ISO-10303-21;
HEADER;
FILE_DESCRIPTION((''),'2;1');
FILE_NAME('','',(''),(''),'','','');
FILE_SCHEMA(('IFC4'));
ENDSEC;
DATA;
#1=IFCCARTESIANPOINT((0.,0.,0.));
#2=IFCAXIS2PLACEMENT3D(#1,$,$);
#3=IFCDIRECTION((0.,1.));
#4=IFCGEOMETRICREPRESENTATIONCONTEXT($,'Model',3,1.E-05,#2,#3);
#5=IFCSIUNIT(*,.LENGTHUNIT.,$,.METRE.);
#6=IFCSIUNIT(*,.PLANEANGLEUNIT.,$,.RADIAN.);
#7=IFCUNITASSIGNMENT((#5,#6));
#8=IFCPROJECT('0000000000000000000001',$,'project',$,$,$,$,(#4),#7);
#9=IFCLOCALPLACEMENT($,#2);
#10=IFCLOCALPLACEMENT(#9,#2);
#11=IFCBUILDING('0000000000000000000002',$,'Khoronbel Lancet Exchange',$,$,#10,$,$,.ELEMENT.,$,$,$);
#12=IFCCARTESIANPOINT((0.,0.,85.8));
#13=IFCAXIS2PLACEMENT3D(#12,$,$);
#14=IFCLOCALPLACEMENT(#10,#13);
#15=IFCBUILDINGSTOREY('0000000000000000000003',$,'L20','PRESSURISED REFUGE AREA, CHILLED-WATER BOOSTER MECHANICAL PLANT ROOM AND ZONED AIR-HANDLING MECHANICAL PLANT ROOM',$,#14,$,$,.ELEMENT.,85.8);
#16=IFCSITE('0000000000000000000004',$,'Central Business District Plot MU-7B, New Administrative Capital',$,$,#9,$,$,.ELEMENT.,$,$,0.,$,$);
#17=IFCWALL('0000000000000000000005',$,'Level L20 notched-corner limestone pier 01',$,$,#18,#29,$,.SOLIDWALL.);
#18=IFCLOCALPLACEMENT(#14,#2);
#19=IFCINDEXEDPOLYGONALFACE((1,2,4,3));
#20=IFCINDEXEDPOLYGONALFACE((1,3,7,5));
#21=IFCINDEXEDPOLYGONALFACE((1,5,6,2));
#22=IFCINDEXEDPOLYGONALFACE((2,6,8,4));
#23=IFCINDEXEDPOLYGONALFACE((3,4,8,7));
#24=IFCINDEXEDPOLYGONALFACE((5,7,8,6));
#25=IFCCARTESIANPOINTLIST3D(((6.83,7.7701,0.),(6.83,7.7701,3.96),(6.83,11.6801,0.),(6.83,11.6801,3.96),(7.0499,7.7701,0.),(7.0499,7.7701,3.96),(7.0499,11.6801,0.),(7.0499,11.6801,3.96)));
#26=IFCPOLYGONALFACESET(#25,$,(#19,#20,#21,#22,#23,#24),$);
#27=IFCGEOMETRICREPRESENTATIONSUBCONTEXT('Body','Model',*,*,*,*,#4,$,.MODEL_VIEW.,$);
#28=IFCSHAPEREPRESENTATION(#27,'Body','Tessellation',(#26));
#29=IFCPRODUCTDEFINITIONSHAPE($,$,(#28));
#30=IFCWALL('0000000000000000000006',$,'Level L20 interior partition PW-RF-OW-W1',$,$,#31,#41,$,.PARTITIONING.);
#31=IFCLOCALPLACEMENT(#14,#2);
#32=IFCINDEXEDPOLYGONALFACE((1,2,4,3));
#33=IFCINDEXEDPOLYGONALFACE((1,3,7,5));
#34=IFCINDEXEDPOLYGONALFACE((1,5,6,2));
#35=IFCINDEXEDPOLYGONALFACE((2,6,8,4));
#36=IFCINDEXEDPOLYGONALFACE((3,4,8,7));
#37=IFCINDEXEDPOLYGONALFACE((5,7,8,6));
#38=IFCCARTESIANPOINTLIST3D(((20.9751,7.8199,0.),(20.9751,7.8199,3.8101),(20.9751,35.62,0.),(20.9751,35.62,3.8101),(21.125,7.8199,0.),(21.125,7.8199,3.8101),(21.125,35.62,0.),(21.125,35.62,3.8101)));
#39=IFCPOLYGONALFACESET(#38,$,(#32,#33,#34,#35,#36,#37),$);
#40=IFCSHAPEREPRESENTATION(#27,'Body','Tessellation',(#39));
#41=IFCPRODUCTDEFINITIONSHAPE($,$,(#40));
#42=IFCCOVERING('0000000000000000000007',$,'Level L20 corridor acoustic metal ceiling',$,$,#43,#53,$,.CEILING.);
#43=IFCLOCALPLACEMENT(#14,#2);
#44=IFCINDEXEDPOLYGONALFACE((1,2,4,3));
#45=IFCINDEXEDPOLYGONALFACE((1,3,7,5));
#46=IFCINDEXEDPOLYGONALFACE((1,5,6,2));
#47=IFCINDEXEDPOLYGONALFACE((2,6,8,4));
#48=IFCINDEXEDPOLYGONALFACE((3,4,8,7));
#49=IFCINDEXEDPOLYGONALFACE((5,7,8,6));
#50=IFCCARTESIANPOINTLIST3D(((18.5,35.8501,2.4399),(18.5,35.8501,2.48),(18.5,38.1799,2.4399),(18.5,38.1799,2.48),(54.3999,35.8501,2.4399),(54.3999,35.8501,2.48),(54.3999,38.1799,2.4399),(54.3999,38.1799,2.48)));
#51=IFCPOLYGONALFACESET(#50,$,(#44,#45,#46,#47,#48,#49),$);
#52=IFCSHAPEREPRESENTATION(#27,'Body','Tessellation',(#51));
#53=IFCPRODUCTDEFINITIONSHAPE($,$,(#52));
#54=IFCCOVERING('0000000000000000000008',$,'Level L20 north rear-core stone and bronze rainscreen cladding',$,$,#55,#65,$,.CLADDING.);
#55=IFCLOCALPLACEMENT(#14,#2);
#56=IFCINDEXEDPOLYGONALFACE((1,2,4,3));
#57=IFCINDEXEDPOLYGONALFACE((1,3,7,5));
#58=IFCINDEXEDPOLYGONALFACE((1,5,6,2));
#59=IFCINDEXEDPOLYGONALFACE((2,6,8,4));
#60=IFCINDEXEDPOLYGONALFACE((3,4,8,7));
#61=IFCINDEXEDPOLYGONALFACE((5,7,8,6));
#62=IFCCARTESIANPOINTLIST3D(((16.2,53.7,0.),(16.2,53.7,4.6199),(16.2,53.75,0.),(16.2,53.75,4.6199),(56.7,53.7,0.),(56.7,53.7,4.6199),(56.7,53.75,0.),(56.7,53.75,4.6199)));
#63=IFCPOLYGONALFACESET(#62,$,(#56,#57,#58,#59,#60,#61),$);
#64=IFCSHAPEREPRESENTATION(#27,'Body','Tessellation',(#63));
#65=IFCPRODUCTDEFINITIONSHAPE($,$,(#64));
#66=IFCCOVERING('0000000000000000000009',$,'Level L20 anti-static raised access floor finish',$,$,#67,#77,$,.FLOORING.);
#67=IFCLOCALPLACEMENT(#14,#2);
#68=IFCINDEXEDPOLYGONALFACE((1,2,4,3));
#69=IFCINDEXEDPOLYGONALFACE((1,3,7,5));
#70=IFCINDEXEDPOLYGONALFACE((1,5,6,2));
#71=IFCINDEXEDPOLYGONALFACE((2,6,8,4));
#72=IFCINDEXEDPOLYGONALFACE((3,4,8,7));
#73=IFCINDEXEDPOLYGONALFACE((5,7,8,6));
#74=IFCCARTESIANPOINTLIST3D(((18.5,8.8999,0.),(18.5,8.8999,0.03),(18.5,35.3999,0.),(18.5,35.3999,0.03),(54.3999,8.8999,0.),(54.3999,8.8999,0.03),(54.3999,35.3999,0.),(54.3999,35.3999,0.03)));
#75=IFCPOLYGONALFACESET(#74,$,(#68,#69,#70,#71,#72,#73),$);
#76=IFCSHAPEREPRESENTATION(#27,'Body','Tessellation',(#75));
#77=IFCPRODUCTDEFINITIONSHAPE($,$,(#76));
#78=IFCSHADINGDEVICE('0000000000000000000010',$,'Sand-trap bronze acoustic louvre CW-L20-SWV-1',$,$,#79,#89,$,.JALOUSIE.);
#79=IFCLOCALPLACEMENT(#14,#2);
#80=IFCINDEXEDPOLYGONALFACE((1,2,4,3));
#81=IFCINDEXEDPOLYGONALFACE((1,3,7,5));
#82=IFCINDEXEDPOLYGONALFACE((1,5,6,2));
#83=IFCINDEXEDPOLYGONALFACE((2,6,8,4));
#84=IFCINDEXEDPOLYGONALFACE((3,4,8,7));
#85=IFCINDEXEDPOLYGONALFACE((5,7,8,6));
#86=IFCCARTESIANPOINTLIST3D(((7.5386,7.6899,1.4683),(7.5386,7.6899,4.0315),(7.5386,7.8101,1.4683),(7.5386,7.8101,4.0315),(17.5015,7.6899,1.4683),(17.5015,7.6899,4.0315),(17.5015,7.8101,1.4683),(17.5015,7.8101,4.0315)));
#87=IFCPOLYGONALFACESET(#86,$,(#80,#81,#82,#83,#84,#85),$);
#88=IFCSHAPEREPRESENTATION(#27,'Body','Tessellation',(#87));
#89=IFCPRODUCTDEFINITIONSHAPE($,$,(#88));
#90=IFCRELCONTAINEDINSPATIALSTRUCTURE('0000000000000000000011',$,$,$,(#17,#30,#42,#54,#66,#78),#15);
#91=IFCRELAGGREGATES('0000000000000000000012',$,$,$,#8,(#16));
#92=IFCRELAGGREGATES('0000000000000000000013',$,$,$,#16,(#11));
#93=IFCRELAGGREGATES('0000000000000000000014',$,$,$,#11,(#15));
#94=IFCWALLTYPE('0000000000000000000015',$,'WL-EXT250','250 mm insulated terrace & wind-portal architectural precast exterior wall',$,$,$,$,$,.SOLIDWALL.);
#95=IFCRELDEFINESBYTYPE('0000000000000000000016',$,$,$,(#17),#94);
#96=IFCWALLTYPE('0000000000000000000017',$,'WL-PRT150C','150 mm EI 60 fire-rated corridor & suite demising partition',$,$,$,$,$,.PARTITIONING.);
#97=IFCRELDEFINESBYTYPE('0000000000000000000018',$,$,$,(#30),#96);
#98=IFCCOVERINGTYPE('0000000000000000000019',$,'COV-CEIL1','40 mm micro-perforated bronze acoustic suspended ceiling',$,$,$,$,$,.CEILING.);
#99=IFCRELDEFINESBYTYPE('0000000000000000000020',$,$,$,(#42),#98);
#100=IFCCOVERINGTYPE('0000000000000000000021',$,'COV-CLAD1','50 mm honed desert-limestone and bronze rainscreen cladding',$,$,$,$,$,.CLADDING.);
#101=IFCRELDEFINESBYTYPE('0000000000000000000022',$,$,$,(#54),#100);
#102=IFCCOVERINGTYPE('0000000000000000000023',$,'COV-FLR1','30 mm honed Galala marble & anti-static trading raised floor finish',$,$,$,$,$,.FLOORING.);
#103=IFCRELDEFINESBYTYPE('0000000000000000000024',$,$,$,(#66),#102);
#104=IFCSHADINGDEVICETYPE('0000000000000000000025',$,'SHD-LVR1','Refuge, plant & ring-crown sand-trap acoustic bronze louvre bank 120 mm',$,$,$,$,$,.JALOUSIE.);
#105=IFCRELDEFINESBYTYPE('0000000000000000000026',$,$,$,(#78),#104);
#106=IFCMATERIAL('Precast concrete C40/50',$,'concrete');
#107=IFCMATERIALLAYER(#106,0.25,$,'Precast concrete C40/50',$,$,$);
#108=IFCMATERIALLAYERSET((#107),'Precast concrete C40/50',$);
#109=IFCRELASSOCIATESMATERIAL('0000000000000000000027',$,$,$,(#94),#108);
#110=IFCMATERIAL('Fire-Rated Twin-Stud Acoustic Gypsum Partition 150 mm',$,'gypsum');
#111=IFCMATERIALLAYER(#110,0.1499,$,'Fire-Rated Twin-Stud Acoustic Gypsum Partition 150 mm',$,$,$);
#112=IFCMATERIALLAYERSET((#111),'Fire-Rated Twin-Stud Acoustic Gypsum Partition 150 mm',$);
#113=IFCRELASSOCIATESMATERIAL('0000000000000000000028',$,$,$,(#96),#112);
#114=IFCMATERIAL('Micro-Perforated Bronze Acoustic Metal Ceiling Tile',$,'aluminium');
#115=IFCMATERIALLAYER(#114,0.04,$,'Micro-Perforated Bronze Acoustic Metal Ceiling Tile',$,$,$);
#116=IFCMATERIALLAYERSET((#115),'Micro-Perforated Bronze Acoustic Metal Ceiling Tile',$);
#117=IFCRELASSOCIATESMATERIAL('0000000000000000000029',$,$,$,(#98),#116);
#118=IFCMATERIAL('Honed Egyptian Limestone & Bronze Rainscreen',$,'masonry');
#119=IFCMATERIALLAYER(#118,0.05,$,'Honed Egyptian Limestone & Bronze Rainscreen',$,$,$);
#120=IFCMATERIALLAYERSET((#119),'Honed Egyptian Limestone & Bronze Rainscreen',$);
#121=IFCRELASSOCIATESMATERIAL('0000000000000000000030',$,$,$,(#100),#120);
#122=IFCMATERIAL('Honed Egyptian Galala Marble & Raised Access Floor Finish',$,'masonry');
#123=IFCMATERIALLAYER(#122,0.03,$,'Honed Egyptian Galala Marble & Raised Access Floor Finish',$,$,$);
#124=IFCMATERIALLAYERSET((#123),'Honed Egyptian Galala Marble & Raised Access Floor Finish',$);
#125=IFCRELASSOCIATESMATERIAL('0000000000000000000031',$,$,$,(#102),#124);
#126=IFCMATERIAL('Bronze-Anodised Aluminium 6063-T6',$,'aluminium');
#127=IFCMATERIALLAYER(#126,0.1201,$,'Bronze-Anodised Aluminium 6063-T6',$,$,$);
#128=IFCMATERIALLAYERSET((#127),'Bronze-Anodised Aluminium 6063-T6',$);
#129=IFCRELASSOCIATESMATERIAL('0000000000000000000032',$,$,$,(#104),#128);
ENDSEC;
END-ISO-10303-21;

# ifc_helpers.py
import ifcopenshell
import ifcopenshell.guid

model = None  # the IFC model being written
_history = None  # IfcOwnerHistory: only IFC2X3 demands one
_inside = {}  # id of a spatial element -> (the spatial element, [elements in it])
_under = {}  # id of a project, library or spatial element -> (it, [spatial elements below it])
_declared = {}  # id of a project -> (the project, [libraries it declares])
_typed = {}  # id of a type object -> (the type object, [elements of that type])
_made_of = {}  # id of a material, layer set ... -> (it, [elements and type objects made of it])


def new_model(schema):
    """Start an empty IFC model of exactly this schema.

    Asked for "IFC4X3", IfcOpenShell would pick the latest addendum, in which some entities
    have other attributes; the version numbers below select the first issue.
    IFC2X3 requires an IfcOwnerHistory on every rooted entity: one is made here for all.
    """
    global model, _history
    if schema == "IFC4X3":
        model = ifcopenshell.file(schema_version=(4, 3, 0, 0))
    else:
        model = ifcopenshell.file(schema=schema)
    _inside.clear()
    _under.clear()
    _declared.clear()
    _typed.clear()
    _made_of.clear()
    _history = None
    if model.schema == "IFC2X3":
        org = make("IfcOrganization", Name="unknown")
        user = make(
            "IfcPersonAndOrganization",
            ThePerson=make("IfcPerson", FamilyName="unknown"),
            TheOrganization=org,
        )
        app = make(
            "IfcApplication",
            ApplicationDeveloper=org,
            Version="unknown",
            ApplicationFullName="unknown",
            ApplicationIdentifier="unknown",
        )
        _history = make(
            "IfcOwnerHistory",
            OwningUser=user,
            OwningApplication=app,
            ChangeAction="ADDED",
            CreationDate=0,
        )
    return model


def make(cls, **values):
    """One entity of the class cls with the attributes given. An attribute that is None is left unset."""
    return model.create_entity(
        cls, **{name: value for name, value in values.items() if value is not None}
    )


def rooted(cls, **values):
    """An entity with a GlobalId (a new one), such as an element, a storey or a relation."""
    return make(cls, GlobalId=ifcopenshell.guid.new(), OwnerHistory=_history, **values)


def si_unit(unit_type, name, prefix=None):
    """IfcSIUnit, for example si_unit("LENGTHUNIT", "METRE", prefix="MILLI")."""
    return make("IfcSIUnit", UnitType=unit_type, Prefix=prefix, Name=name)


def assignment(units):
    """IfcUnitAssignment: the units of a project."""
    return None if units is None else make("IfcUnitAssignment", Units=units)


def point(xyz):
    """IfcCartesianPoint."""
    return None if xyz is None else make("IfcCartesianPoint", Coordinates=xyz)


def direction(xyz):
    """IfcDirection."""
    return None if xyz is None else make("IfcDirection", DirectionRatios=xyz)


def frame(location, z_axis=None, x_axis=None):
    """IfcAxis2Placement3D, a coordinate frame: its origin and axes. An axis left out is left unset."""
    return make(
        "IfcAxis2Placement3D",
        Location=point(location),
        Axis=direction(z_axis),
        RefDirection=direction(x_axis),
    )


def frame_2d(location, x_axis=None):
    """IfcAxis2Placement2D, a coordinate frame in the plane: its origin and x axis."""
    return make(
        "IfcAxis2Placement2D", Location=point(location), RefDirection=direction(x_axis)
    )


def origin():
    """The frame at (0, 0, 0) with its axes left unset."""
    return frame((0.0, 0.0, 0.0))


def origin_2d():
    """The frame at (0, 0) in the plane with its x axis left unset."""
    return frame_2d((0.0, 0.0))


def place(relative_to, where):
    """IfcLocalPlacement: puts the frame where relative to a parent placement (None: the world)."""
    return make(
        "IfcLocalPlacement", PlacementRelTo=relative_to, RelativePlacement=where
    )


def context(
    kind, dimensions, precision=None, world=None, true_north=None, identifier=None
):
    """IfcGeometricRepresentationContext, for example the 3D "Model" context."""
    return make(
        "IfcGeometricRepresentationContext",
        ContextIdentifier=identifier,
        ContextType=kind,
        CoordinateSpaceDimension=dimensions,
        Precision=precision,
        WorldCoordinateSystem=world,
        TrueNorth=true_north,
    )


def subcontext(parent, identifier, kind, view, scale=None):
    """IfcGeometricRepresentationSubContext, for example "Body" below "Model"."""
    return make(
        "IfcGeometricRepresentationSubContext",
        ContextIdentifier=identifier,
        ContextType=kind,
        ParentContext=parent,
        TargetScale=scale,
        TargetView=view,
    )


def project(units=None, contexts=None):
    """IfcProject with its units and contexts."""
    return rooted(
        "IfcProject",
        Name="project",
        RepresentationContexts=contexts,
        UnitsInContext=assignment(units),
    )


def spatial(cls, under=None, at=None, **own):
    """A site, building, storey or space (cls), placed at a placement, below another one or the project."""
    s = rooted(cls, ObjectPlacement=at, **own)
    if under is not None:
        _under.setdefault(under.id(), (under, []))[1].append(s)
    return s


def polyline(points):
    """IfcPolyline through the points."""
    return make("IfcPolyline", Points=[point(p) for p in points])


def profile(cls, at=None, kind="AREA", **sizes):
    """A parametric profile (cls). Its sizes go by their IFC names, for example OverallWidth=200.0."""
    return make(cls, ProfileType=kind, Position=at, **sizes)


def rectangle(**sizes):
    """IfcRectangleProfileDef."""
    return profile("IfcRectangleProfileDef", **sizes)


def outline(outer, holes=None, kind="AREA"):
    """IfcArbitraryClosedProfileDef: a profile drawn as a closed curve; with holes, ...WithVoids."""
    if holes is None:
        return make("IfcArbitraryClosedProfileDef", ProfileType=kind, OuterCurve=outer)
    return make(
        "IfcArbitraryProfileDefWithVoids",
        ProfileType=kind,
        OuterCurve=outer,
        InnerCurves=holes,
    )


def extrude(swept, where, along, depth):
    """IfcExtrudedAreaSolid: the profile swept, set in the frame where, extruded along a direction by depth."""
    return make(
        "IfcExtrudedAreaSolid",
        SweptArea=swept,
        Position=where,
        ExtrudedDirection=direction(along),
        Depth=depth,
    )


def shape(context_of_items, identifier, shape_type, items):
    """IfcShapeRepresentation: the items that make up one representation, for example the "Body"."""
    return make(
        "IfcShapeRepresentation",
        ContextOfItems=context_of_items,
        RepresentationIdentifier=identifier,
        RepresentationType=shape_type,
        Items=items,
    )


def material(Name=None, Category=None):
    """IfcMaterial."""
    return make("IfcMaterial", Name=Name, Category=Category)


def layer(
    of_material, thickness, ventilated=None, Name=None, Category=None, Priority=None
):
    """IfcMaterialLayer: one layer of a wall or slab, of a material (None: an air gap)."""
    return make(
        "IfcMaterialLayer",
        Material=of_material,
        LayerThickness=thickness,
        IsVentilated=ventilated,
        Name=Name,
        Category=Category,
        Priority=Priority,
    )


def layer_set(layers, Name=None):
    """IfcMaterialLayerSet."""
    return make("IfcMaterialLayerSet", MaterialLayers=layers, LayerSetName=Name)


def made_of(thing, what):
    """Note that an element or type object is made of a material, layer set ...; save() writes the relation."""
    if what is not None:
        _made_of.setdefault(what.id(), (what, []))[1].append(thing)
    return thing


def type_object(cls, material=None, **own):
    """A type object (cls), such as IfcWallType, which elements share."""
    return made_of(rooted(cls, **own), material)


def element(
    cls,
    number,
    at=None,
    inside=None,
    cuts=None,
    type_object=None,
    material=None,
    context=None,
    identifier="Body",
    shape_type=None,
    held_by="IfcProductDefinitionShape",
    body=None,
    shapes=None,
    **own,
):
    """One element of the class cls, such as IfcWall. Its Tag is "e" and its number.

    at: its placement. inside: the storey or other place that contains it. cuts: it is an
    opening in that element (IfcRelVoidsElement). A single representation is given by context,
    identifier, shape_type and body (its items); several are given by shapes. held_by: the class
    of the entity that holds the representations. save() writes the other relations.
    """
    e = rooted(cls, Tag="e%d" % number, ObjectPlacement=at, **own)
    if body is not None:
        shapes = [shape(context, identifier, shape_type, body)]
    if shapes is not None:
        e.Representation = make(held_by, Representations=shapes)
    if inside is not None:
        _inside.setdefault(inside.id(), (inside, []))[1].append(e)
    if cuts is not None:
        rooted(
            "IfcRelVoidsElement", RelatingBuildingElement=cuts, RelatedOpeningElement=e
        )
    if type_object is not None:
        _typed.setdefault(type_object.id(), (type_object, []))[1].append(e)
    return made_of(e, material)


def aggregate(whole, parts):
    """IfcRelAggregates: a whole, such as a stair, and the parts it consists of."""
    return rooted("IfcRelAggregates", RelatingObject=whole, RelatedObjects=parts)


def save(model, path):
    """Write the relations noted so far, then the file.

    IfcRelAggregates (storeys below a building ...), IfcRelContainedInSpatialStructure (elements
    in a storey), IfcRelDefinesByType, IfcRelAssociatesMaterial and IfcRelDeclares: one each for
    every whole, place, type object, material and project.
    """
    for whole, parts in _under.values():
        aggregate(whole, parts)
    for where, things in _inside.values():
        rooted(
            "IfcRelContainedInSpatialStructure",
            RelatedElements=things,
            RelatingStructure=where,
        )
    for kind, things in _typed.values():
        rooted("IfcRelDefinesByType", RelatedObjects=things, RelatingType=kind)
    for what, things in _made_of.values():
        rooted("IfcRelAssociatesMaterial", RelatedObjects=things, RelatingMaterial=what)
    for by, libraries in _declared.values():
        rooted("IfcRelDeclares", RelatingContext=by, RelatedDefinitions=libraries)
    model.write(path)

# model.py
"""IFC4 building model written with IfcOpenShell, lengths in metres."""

from ifc_helpers import new_model, si_unit, direction, frame, frame_2d, origin, origin_2d, place, context, subcontext, project, spatial, polyline, rectangle, outline, extrude, material, layer, layer_set, type_object, element, save


model = new_model("IFC4")

# Units and contexts
model_context = context("Model", 3, precision=1e-05, world=origin(), true_north=direction((0.0, 1.0)))
body_context = subcontext(model_context, "Body", "Model", "MODEL_VIEW")
ifc_project = project(units=[si_unit("LENGTHUNIT", "METRE"), si_unit("PLANEANGLEUNIT", "RADIAN")], contexts=[model_context])

# Site, building, storey
site_placement = place(None, origin())
site = spatial("IfcSite", under=ifc_project, at=site_placement, Name="Central Business District Plot MU-7B, New Administrative Capital", CompositionType="ELEMENT", RefElevation=0.0)
building_placement = place(site_placement, origin())
building = spatial("IfcBuilding", under=site, at=building_placement, Name="Khoronbel Lancet Exchange", CompositionType="ELEMENT")
storey_placement = place(building_placement, frame((0.0, 0.0, 85.8)))
storey = spatial("IfcBuildingStorey", under=building, at=storey_placement, Name="L20", Description="PRESSURISED REFUGE AREA, CHILLED-WATER BOOSTER MECHANICAL PLANT ROOM AND ZONED AIR-HANDLING MECHANICAL PLANT ROOM", CompositionType="ELEMENT", Elevation=85.8)

# Shared definitions
ifc_material_1 = material(Name="Bronze-Anodised Aluminium 6063-T6", Category="aluminium")

# Walls
ifc_material_2 = material(Name="Precast concrete C40/50", Category="concrete")
ifc_layer_1 = layer(ifc_material_2, 0.25, Name="Precast concrete C40/50")
ifc_layer_set_1 = layer_set([ifc_layer_1], Name="Precast concrete C40/50")
wall_type_1 = type_object("IfcWallType", Name="WL-EXT250", Description="250 mm insulated terrace & wind-portal architectural precast exterior wall", PredefinedType="SOLIDWALL", material=ifc_layer_set_1)
wall_1_placement = place(storey_placement, frame((6.9399, 7.77, 0.0), z_axis=(0.0, 0.0, 1.0), x_axis=(0.0, 1.0, 0.0)))
element("IfcWall", 1, at=wall_1_placement, inside=storey, type_object=wall_type_1, Name="Level L20 notched-corner limestone pier 01", PredefinedType="SOLIDWALL", context=body_context, shape_type="SweptSolid", body=[
    extrude(rectangle(XDim=3.9099, YDim=0.22, at=frame_2d((1.9551, 0.0))), origin(), (0.0, 0.0, 1.0), 3.96),
])
ifc_material_3 = material(Name="Fire-Rated Twin-Stud Acoustic Gypsum Partition 150 mm", Category="gypsum")
ifc_layer_2 = layer(ifc_material_3, 0.1499, Name="Fire-Rated Twin-Stud Acoustic Gypsum Partition 150 mm")
ifc_layer_set_2 = layer_set([ifc_layer_2], Name="Fire-Rated Twin-Stud Acoustic Gypsum Partition 150 mm")
wall_type_2 = type_object("IfcWallType", Name="WL-PRT150C", Description="150 mm EI 60 fire-rated corridor & suite demising partition", PredefinedType="PARTITIONING", material=ifc_layer_set_2)
wall_2_placement = place(storey_placement, frame((21.05, 7.8201, 0.0), z_axis=(0.0, 0.0, 1.0), x_axis=(0.0, 1.0, 0.0)))
element("IfcWall", 2, at=wall_2_placement, inside=storey, type_object=wall_type_2, Name="Level L20 interior partition PW-RF-OW-W1", PredefinedType="PARTITIONING", context=body_context, shape_type="SweptSolid", body=[
    extrude(rectangle(XDim=27.8, YDim=0.1499, at=frame_2d((13.8999, 0.0))), origin(), (0.0, 0.0, 1.0), 3.8101),
])

# Coverings
ifc_material_4 = material(Name="Micro-Perforated Bronze Acoustic Metal Ceiling Tile", Category="aluminium")
ifc_layer_3 = layer(ifc_material_4, 0.04, Name="Micro-Perforated Bronze Acoustic Metal Ceiling Tile")
ifc_layer_set_3 = layer_set([ifc_layer_3], Name="Micro-Perforated Bronze Acoustic Metal Ceiling Tile")
covering_type_1 = type_object("IfcCoveringType", Name="COV-CEIL1", Description="40 mm micro-perforated bronze acoustic suspended ceiling", PredefinedType="CEILING", material=ifc_layer_set_3)
covering_1_placement = place(storey_placement, frame((0.0, 0.0, 2.4399)))
element("IfcCovering", 3, at=covering_1_placement, inside=storey, type_object=covering_type_1, Name="Level L20 corridor acoustic metal ceiling", PredefinedType="CEILING", context=body_context, shape_type="SweptSolid", body=[
    extrude(outline(polyline([(18.5, 35.8501), (54.3999, 35.8501), (54.3999, 38.1799), (18.5, 38.1799), (18.5, 35.8501)])), origin(), (0.0, 0.0, 1.0), 0.04),
])
ifc_material_5 = material(Name="Honed Egyptian Limestone & Bronze Rainscreen", Category="masonry")
ifc_layer_4 = layer(ifc_material_5, 0.05, Name="Honed Egyptian Limestone & Bronze Rainscreen")
ifc_layer_set_4 = layer_set([ifc_layer_4], Name="Honed Egyptian Limestone & Bronze Rainscreen")
covering_type_2 = type_object("IfcCoveringType", Name="COV-CLAD1", Description="50 mm honed desert-limestone and bronze rainscreen cladding", PredefinedType="CLADDING", material=ifc_layer_set_4)
covering_2_placement = place(storey_placement, origin())
element("IfcCovering", 4, at=covering_2_placement, inside=storey, type_object=covering_type_2, Name="Level L20 north rear-core stone and bronze rainscreen cladding", PredefinedType="CLADDING", context=body_context, shape_type="SweptSolid", body=[
    extrude(outline(polyline([(16.2, 53.7), (56.7, 53.7), (56.7, 53.75), (16.2, 53.75), (16.2, 53.7)])), origin(), (0.0, 0.0, 1.0), 4.6199),
])
ifc_material_6 = material(Name="Honed Egyptian Galala Marble & Raised Access Floor Finish", Category="masonry")
ifc_layer_5 = layer(ifc_material_6, 0.03, Name="Honed Egyptian Galala Marble & Raised Access Floor Finish")
ifc_layer_set_5 = layer_set([ifc_layer_5], Name="Honed Egyptian Galala Marble & Raised Access Floor Finish")
covering_type_3 = type_object("IfcCoveringType", Name="COV-FLR1", Description="30 mm honed Galala marble & anti-static trading raised floor finish", PredefinedType="FLOORING", material=ifc_layer_set_5)
covering_3_placement = place(storey_placement, origin())
element("IfcCovering", 5, at=covering_3_placement, inside=storey, type_object=covering_type_3, Name="Level L20 anti-static raised access floor finish", PredefinedType="FLOORING", context=body_context, shape_type="SweptSolid", body=[
    extrude(outline(polyline([(18.5, 8.8999), (54.3999, 8.8999), (54.3999, 35.3999), (18.5, 35.3999), (18.5, 8.8999)])), origin(), (0.0, 0.0, 1.0), 0.03),
])

# Shading device
ifc_layer_6 = layer(ifc_material_1, 0.1201, Name="Bronze-Anodised Aluminium 6063-T6")
ifc_layer_set_6 = layer_set([ifc_layer_6], Name="Bronze-Anodised Aluminium 6063-T6")
shading_device_type = type_object("IfcShadingDeviceType", Name="SHD-LVR1", Description="Refuge, plant & ring-crown sand-trap acoustic bronze louvre bank 120 mm", PredefinedType="JALOUSIE", material=ifc_layer_set_6)
shading_device_placement = place(storey_placement, frame((12.52, 7.75, 1.4683), z_axis=(0.0, 0.0, 1.0), x_axis=(1.0, 0.0, 0.0)))
element("IfcShadingDevice", 6, at=shading_device_placement, inside=storey, type_object=shading_device_type, Name="Sand-trap bronze acoustic louvre CW-L20-SWV-1", PredefinedType="JALOUSIE", context=body_context, shape_type="SweptSolid", body=[
    extrude(rectangle(XDim=9.9629, YDim=0.1201, at=origin_2d()), origin(), (0.0, 0.0, 1.0), 2.5632),
])

save(model, "model.ifc")
